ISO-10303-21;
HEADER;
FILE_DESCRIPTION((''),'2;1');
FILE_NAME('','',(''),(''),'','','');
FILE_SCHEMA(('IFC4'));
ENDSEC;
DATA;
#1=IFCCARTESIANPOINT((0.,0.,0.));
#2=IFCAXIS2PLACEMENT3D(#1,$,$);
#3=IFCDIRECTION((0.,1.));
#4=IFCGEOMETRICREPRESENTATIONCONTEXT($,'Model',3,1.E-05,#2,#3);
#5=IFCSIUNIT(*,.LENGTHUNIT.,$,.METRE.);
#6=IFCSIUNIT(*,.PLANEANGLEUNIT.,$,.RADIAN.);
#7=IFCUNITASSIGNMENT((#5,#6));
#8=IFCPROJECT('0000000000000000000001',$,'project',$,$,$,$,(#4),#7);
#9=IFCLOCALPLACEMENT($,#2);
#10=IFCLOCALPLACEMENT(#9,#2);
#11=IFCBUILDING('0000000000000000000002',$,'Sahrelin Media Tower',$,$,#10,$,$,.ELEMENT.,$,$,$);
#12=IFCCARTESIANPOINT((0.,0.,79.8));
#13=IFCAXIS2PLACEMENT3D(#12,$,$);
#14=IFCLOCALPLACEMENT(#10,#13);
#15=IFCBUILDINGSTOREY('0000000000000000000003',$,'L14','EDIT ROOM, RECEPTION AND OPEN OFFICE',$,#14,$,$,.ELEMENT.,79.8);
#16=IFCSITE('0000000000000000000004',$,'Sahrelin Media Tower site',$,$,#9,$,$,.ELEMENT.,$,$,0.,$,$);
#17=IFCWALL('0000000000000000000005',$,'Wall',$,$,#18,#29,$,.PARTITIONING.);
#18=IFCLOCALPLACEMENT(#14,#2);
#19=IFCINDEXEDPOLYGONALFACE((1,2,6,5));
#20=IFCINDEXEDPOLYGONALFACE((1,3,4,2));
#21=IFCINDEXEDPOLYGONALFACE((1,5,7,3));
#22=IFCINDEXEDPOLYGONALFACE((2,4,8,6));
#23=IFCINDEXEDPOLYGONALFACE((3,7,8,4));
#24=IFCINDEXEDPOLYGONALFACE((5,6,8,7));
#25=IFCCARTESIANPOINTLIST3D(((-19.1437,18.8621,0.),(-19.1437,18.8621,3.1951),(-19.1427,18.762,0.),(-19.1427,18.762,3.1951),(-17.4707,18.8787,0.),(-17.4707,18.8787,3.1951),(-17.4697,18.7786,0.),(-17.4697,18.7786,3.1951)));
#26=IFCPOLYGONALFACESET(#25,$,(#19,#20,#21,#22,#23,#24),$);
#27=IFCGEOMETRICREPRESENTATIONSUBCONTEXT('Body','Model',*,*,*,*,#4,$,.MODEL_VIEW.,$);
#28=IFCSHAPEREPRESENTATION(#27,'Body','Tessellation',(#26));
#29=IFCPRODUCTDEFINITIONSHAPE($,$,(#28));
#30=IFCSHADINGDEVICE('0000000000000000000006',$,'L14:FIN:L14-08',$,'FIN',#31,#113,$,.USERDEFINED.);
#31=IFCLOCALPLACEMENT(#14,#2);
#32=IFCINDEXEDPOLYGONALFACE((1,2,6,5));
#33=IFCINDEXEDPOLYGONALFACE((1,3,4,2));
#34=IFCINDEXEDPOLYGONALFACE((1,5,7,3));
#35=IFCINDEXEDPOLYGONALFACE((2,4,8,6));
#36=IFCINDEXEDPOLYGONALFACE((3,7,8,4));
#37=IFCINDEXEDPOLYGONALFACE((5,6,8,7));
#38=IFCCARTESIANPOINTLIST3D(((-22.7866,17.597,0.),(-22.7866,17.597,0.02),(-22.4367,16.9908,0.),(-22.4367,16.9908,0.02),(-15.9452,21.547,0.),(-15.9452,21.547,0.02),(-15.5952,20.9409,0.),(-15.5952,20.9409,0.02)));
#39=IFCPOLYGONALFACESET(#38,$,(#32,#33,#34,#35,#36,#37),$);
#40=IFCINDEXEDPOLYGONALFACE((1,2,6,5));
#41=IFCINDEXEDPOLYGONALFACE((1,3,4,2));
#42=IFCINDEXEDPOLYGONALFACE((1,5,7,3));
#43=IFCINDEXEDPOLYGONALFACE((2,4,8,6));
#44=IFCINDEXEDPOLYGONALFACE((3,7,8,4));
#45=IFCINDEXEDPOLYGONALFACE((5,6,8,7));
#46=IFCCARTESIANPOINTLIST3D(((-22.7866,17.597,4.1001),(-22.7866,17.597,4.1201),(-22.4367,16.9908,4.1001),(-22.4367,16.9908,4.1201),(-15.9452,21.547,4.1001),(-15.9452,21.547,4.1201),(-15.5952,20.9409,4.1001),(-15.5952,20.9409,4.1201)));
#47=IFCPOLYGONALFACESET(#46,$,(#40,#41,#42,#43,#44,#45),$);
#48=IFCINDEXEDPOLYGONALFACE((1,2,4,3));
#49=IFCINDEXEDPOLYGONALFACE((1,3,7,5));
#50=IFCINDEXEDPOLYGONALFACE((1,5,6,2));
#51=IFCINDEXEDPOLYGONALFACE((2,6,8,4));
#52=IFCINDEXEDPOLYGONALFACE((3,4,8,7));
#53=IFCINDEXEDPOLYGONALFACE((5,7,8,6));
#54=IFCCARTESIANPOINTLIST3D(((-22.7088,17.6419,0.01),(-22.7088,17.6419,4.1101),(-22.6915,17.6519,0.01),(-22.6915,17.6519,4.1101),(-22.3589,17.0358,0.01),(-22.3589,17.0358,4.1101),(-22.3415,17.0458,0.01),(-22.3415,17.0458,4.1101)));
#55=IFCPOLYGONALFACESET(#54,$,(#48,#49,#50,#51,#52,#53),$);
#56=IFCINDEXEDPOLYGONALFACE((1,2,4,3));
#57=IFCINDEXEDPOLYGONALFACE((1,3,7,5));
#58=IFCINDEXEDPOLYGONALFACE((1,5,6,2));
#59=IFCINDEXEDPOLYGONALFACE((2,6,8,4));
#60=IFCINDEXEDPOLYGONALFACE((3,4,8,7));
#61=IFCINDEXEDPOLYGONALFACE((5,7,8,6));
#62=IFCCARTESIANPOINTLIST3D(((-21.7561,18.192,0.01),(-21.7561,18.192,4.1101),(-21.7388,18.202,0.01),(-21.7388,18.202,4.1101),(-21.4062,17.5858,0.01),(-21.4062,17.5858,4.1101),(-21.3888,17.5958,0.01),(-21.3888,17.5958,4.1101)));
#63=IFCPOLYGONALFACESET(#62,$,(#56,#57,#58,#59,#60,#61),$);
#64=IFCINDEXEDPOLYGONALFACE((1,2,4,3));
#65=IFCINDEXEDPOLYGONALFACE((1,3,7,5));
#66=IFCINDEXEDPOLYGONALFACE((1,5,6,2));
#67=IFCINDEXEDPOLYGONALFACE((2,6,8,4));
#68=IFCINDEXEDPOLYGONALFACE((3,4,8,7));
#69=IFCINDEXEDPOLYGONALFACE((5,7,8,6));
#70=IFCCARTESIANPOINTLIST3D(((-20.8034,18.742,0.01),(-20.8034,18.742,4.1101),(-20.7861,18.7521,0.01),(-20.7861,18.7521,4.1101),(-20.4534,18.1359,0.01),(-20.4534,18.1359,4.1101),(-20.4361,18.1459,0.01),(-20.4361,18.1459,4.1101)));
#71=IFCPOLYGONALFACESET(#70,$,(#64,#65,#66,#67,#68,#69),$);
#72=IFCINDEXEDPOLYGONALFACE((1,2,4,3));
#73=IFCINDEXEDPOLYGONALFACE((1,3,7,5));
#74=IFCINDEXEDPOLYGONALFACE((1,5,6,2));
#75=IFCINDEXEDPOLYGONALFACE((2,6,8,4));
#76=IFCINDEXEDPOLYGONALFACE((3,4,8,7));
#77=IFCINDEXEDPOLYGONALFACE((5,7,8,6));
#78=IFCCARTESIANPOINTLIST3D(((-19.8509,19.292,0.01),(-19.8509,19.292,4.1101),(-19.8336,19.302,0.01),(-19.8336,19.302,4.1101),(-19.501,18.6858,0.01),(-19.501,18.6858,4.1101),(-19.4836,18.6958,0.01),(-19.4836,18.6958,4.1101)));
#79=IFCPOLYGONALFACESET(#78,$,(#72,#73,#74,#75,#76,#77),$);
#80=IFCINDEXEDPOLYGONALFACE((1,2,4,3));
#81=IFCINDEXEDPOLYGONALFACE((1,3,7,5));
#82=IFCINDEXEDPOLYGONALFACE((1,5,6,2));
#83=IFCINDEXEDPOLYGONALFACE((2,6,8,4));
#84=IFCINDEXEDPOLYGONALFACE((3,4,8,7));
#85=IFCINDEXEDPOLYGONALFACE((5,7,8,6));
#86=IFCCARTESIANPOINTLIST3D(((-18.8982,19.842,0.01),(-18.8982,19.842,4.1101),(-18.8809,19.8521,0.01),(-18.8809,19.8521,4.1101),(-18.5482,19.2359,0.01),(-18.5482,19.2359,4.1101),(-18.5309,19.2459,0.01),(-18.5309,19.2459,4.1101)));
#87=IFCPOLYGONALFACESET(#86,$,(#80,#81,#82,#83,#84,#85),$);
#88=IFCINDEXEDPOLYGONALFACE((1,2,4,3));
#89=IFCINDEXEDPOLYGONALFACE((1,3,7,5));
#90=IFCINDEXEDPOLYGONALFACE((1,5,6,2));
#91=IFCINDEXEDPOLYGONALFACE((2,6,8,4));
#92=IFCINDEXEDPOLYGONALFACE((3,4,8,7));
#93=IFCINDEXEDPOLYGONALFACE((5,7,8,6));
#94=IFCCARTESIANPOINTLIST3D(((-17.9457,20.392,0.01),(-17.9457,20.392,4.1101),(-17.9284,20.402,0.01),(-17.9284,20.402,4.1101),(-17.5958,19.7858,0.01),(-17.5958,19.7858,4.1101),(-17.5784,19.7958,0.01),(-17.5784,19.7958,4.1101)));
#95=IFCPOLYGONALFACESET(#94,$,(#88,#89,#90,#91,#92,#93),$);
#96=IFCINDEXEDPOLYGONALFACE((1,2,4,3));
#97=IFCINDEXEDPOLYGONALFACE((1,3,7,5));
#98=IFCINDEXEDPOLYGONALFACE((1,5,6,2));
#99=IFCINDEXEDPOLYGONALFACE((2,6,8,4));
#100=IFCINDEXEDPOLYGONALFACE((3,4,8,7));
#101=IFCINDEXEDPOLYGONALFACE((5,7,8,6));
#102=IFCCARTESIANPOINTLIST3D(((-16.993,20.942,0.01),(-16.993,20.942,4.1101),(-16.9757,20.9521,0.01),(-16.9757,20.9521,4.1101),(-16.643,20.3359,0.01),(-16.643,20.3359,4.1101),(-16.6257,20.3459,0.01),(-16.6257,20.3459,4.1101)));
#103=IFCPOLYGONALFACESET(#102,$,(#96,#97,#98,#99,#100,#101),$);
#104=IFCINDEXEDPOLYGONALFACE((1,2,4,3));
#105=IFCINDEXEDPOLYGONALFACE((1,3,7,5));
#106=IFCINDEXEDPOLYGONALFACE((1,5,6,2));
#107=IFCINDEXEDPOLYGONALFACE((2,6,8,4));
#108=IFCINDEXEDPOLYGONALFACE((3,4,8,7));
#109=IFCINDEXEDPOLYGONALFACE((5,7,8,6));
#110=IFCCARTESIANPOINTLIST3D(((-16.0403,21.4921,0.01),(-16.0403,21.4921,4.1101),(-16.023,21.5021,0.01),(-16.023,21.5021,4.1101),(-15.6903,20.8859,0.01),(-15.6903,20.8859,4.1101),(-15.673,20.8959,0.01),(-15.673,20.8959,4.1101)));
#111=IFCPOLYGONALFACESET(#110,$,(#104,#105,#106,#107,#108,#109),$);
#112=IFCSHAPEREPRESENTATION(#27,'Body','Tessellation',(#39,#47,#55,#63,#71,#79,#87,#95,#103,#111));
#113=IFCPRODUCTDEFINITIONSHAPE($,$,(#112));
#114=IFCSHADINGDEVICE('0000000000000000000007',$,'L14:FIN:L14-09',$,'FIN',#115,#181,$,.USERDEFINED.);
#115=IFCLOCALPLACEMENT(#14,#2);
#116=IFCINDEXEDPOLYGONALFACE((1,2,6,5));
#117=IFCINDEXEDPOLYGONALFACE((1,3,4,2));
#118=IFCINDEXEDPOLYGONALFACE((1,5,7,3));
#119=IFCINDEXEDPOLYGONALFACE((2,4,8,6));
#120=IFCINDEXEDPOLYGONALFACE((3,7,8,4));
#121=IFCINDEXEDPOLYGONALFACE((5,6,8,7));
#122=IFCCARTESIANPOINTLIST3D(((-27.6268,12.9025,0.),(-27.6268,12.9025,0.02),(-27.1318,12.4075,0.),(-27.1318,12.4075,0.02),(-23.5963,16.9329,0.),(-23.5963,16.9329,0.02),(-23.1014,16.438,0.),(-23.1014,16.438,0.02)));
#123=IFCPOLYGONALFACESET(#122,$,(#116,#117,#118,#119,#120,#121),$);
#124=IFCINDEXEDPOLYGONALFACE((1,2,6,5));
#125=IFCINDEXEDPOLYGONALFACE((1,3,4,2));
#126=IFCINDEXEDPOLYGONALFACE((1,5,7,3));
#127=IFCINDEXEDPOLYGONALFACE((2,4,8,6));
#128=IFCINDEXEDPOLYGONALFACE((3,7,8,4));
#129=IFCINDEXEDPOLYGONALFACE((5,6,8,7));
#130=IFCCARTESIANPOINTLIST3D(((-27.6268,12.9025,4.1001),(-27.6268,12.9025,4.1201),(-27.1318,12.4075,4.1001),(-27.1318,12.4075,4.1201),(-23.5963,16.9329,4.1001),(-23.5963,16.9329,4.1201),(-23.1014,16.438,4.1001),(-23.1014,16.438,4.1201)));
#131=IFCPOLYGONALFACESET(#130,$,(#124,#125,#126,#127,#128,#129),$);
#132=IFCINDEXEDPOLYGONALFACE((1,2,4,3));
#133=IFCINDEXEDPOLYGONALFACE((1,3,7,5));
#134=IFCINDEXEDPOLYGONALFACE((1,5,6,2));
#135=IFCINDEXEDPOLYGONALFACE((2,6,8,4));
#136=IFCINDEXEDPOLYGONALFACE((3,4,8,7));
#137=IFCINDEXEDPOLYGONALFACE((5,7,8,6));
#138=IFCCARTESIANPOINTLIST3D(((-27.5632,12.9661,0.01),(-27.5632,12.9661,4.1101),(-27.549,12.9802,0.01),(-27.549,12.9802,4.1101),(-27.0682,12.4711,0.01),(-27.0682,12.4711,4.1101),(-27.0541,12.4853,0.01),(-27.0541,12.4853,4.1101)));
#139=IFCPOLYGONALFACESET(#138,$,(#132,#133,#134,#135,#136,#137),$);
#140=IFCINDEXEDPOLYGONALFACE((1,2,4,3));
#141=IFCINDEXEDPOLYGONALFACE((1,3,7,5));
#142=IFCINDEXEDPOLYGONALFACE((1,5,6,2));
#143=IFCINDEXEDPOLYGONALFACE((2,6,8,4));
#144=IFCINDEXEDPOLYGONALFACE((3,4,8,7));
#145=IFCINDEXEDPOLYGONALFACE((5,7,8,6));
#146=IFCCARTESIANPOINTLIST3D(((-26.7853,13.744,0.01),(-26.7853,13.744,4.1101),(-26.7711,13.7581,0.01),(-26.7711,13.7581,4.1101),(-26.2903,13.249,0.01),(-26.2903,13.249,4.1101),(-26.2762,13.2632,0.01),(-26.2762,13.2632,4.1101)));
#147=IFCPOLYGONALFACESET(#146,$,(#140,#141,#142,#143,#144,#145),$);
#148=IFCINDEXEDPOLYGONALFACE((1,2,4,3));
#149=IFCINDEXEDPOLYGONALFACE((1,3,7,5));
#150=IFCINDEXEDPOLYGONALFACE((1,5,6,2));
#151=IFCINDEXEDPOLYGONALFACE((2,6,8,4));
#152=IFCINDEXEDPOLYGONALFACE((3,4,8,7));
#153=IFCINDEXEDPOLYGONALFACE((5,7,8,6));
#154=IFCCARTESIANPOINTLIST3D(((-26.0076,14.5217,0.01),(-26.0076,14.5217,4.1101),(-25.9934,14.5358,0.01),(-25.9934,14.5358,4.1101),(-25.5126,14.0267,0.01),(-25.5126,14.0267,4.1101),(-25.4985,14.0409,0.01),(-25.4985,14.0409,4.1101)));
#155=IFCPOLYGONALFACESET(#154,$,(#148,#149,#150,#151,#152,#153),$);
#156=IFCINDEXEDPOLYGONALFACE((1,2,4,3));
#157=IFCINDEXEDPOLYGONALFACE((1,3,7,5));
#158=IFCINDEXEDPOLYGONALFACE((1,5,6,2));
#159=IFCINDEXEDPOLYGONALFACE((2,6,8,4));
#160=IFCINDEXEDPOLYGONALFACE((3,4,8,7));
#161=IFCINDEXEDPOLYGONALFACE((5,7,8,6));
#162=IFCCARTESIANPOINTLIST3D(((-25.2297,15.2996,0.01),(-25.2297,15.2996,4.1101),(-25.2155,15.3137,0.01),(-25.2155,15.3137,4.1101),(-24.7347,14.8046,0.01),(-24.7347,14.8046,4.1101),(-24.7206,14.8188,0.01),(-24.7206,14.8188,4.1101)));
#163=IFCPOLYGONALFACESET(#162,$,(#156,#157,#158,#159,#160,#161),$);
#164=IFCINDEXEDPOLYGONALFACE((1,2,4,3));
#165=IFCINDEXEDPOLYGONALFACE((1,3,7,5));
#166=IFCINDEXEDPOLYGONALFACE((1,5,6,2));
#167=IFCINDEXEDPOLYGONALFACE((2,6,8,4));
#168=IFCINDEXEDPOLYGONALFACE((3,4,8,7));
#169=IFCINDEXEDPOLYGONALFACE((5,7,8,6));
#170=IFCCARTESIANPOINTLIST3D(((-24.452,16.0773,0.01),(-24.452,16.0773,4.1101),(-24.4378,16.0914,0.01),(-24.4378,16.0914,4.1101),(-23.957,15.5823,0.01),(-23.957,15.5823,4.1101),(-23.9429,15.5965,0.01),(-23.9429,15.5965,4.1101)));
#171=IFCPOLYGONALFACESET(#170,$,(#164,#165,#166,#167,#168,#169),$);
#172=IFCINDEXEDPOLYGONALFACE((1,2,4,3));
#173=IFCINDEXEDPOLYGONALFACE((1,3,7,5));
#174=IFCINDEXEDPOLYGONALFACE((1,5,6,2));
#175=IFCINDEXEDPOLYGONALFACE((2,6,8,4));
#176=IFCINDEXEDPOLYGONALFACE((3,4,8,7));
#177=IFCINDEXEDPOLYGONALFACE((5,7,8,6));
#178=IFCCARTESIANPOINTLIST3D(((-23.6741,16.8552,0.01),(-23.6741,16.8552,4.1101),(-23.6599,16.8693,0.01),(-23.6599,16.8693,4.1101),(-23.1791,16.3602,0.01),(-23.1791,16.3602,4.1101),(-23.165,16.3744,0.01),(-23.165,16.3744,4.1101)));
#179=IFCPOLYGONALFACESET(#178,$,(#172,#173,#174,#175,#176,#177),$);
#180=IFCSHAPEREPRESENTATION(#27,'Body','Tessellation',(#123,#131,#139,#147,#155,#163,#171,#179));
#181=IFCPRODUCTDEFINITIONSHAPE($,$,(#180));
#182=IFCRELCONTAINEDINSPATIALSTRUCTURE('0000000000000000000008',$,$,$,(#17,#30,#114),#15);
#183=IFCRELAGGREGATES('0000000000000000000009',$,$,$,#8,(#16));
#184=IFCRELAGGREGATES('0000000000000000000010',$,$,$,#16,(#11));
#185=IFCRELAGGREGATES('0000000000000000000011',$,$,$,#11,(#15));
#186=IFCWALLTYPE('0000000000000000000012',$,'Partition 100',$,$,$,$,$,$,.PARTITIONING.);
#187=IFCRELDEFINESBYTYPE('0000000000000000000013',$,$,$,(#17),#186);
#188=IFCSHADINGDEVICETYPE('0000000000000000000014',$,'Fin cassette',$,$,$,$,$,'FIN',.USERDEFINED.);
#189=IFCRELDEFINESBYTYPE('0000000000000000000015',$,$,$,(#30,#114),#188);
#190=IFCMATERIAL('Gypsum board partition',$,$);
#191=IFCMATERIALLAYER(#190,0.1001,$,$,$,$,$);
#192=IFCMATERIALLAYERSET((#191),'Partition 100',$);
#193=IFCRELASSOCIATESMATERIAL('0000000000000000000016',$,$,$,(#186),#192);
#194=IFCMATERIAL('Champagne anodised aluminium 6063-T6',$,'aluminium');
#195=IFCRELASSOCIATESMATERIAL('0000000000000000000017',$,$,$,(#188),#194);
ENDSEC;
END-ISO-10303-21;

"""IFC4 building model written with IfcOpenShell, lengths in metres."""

from ifc_helpers import new_model, si_unit, direction, frame, frame_2d, origin, origin_2d, place, context, subcontext, project, spatial, rectangle, extrude, material, layer, layer_set, type_object, element, save


model = new_model("IFC4")

# Units and contexts
model_context = context("Model", 3, precision=1e-05, world=origin(), true_north=direction((0.0, 1.0)))
body_context = subcontext(model_context, "Body", "Model", "MODEL_VIEW")
ifc_project = project(units=[si_unit("LENGTHUNIT", "METRE"), si_unit("PLANEANGLEUNIT", "RADIAN")], contexts=[model_context])

# Site, building, storey
site_placement = place(None, origin())
site = spatial("IfcSite", under=ifc_project, at=site_placement, Name="Sahrelin Media Tower site", CompositionType="ELEMENT", RefElevation=0.0)
building_placement = place(site_placement, origin())
building = spatial("IfcBuilding", under=site, at=building_placement, Name="Sahrelin Media Tower", CompositionType="ELEMENT")
storey_placement = place(building_placement, frame((0.0, 0.0, 79.8)))
storey = spatial("IfcBuildingStorey", under=building, at=storey_placement, Name="L14", Description="EDIT ROOM, RECEPTION AND OPEN OFFICE", CompositionType="ELEMENT", Elevation=79.8)

# Shared definitions
ifc_material_1 = material(Name="Champagne anodised aluminium 6063-T6", Category="aluminium")

# Wall
ifc_material_2 = material(Name="Gypsum board partition")
ifc_layer_1 = layer(ifc_material_2, 0.1001)
ifc_layer_set_1 = layer_set([ifc_layer_1], Name="Partition 100")
wall_type_1 = type_object("IfcWallType", Name="Partition 100", PredefinedType="PARTITIONING", material=ifc_layer_set_1)
wall_1_placement = place(storey_placement, frame((-19.1431, 18.812, 0.0), z_axis=(0.0, 0.0, 1.0), x_axis=(0.999951, 0.009922, 0.0)))
element("IfcWall", 1, at=wall_1_placement, inside=storey, type_object=wall_type_1, Name="Wall", PredefinedType="PARTITIONING", context=body_context, shape_type="SweptSolid", body=[
    extrude(rectangle(XDim=1.6731, YDim=0.1001, at=frame_2d((0.8364, 0.0))), origin(), (0.0, 0.0, 1.0), 3.1951),
])

# Shading devices
shading_device_type_1 = type_object("IfcShadingDeviceType", Name="Fin cassette", ElementType="FIN", PredefinedType="USERDEFINED", material=ifc_material_1)
placement_1 = place(storey_placement, frame((-18.981, 18.9053, 0.0), z_axis=(0.0, 0.0, 1.0), x_axis=(0.866019, 0.500011, 0.0)))
element("IfcShadingDevice", 2, at=placement_1, inside=storey, type_object=shading_device_type_1, Name="L14:FIN:L14-08", ObjectType="FIN", PredefinedType="USERDEFINED", context=body_context, shape_type="SweptSolid", body=[
    extrude(rectangle(XDim=7.8999, YDim=0.7, at=origin_2d()), frame((0.0, 0.4199, 0.0)), (0.0, 0.0, 1.0), 0.02),
    extrude(rectangle(XDim=7.8999, YDim=0.7, at=origin_2d()), frame((0.0, 0.4199, 4.1001)), (0.0, 0.0, 1.0), 0.02),
    extrude(rectangle(XDim=0.02, YDim=0.7, at=origin_2d()), frame((-3.8501, 0.4199, 0.01), z_axis=(0.0, 0.0, 1.0), x_axis=(1.0, 0.0, 0.0)), (0.0, 0.0, 1.0), 4.1001),
    extrude(rectangle(XDim=0.02, YDim=0.7, at=origin_2d()), frame((-2.75, 0.4199, 0.01), z_axis=(0.0, 0.0, 1.0), x_axis=(1.0, 0.0, 0.0)), (0.0, 0.0, 1.0), 4.1001),
    extrude(rectangle(XDim=0.02, YDim=0.7, at=origin_2d()), frame((-1.6499, 0.4199, 0.01), z_axis=(0.0, 0.0, 1.0), x_axis=(1.0, 0.0, 0.0)), (0.0, 0.0, 1.0), 4.1001),
    extrude(rectangle(XDim=0.02, YDim=0.7, at=origin_2d()), frame((-0.55, 0.4199, 0.01), z_axis=(0.0, 0.0, 1.0), x_axis=(1.0, 0.0, 0.0)), (0.0, 0.0, 1.0), 4.1001),
    extrude(rectangle(XDim=0.02, YDim=0.7, at=origin_2d()), frame((0.55, 0.4199, 0.01), z_axis=(0.0, 0.0, 1.0), x_axis=(1.0, 0.0, 0.0)), (0.0, 0.0, 1.0), 4.1001),
    extrude(rectangle(XDim=0.02, YDim=0.7, at=origin_2d()), frame((1.6499, 0.4199, 0.01), z_axis=(0.0, 0.0, 1.0), x_axis=(1.0, 0.0, 0.0)), (0.0, 0.0, 1.0), 4.1001),
    extrude(rectangle(XDim=0.02, YDim=0.7, at=origin_2d()), frame((2.75, 0.4199, 0.01), z_axis=(0.0, 0.0, 1.0), x_axis=(1.0, 0.0, 0.0)), (0.0, 0.0, 1.0), 4.1001),
    extrude(rectangle(XDim=0.02, YDim=0.7, at=origin_2d()), frame((3.8501, 0.4199, 0.01), z_axis=(0.0, 0.0, 1.0), x_axis=(1.0, 0.0, 0.0)), (0.0, 0.0, 1.0), 4.1001),
])
placement_2 = place(storey_placement, frame((-25.0671, 14.3733, 0.0), z_axis=(0.0, 0.0, 1.0), x_axis=(0.707107, 0.707107, 0.0)))
element("IfcShadingDevice", 3, at=placement_2, inside=storey, type_object=shading_device_type_1, Name="L14:FIN:L14-09", ObjectType="FIN", PredefinedType="USERDEFINED", context=body_context, shape_type="SweptSolid", body=[
    extrude(rectangle(XDim=5.7, YDim=0.7, at=origin_2d()), frame((0.0, 0.4199, 0.0)), (0.0, 0.0, 1.0), 0.02),
    extrude(rectangle(XDim=5.7, YDim=0.7, at=origin_2d()), frame((0.0, 0.4199, 4.1001)), (0.0, 0.0, 1.0), 0.02),
    extrude(rectangle(XDim=0.02, YDim=0.7, at=origin_2d()), frame((-2.75, 0.4199, 0.01), z_axis=(0.0, 0.0, 1.0), x_axis=(1.0, 0.0, 0.0)), (0.0, 0.0, 1.0), 4.1001),
    extrude(rectangle(XDim=0.02, YDim=0.7, at=origin_2d()), frame((-1.6499, 0.4199, 0.01), z_axis=(0.0, 0.0, 1.0), x_axis=(1.0, 0.0, 0.0)), (0.0, 0.0, 1.0), 4.1001),
    extrude(rectangle(XDim=0.02, YDim=0.7, at=origin_2d()), frame((-0.55, 0.4199, 0.01), z_axis=(0.0, 0.0, 1.0), x_axis=(1.0, 0.0, 0.0)), (0.0, 0.0, 1.0), 4.1001),
    extrude(rectangle(XDim=0.02, YDim=0.7, at=origin_2d()), frame((0.55, 0.4199, 0.01), z_axis=(0.0, 0.0, 1.0), x_axis=(1.0, 0.0, 0.0)), (0.0, 0.0, 1.0), 4.1001),
    extrude(rectangle(XDim=0.02, YDim=0.7, at=origin_2d()), frame((1.6499, 0.4199, 0.01), z_axis=(0.0, 0.0, 1.0), x_axis=(1.0, 0.0, 0.0)), (0.0, 0.0, 1.0), 4.1001),
    extrude(rectangle(XDim=0.02, YDim=0.7, at=origin_2d()), frame((2.75, 0.4199, 0.01), z_axis=(0.0, 0.0, 1.0), x_axis=(1.0, 0.0, 0.0)), (0.0, 0.0, 1.0), 4.1001),
])

save(model, "model.ifc")
